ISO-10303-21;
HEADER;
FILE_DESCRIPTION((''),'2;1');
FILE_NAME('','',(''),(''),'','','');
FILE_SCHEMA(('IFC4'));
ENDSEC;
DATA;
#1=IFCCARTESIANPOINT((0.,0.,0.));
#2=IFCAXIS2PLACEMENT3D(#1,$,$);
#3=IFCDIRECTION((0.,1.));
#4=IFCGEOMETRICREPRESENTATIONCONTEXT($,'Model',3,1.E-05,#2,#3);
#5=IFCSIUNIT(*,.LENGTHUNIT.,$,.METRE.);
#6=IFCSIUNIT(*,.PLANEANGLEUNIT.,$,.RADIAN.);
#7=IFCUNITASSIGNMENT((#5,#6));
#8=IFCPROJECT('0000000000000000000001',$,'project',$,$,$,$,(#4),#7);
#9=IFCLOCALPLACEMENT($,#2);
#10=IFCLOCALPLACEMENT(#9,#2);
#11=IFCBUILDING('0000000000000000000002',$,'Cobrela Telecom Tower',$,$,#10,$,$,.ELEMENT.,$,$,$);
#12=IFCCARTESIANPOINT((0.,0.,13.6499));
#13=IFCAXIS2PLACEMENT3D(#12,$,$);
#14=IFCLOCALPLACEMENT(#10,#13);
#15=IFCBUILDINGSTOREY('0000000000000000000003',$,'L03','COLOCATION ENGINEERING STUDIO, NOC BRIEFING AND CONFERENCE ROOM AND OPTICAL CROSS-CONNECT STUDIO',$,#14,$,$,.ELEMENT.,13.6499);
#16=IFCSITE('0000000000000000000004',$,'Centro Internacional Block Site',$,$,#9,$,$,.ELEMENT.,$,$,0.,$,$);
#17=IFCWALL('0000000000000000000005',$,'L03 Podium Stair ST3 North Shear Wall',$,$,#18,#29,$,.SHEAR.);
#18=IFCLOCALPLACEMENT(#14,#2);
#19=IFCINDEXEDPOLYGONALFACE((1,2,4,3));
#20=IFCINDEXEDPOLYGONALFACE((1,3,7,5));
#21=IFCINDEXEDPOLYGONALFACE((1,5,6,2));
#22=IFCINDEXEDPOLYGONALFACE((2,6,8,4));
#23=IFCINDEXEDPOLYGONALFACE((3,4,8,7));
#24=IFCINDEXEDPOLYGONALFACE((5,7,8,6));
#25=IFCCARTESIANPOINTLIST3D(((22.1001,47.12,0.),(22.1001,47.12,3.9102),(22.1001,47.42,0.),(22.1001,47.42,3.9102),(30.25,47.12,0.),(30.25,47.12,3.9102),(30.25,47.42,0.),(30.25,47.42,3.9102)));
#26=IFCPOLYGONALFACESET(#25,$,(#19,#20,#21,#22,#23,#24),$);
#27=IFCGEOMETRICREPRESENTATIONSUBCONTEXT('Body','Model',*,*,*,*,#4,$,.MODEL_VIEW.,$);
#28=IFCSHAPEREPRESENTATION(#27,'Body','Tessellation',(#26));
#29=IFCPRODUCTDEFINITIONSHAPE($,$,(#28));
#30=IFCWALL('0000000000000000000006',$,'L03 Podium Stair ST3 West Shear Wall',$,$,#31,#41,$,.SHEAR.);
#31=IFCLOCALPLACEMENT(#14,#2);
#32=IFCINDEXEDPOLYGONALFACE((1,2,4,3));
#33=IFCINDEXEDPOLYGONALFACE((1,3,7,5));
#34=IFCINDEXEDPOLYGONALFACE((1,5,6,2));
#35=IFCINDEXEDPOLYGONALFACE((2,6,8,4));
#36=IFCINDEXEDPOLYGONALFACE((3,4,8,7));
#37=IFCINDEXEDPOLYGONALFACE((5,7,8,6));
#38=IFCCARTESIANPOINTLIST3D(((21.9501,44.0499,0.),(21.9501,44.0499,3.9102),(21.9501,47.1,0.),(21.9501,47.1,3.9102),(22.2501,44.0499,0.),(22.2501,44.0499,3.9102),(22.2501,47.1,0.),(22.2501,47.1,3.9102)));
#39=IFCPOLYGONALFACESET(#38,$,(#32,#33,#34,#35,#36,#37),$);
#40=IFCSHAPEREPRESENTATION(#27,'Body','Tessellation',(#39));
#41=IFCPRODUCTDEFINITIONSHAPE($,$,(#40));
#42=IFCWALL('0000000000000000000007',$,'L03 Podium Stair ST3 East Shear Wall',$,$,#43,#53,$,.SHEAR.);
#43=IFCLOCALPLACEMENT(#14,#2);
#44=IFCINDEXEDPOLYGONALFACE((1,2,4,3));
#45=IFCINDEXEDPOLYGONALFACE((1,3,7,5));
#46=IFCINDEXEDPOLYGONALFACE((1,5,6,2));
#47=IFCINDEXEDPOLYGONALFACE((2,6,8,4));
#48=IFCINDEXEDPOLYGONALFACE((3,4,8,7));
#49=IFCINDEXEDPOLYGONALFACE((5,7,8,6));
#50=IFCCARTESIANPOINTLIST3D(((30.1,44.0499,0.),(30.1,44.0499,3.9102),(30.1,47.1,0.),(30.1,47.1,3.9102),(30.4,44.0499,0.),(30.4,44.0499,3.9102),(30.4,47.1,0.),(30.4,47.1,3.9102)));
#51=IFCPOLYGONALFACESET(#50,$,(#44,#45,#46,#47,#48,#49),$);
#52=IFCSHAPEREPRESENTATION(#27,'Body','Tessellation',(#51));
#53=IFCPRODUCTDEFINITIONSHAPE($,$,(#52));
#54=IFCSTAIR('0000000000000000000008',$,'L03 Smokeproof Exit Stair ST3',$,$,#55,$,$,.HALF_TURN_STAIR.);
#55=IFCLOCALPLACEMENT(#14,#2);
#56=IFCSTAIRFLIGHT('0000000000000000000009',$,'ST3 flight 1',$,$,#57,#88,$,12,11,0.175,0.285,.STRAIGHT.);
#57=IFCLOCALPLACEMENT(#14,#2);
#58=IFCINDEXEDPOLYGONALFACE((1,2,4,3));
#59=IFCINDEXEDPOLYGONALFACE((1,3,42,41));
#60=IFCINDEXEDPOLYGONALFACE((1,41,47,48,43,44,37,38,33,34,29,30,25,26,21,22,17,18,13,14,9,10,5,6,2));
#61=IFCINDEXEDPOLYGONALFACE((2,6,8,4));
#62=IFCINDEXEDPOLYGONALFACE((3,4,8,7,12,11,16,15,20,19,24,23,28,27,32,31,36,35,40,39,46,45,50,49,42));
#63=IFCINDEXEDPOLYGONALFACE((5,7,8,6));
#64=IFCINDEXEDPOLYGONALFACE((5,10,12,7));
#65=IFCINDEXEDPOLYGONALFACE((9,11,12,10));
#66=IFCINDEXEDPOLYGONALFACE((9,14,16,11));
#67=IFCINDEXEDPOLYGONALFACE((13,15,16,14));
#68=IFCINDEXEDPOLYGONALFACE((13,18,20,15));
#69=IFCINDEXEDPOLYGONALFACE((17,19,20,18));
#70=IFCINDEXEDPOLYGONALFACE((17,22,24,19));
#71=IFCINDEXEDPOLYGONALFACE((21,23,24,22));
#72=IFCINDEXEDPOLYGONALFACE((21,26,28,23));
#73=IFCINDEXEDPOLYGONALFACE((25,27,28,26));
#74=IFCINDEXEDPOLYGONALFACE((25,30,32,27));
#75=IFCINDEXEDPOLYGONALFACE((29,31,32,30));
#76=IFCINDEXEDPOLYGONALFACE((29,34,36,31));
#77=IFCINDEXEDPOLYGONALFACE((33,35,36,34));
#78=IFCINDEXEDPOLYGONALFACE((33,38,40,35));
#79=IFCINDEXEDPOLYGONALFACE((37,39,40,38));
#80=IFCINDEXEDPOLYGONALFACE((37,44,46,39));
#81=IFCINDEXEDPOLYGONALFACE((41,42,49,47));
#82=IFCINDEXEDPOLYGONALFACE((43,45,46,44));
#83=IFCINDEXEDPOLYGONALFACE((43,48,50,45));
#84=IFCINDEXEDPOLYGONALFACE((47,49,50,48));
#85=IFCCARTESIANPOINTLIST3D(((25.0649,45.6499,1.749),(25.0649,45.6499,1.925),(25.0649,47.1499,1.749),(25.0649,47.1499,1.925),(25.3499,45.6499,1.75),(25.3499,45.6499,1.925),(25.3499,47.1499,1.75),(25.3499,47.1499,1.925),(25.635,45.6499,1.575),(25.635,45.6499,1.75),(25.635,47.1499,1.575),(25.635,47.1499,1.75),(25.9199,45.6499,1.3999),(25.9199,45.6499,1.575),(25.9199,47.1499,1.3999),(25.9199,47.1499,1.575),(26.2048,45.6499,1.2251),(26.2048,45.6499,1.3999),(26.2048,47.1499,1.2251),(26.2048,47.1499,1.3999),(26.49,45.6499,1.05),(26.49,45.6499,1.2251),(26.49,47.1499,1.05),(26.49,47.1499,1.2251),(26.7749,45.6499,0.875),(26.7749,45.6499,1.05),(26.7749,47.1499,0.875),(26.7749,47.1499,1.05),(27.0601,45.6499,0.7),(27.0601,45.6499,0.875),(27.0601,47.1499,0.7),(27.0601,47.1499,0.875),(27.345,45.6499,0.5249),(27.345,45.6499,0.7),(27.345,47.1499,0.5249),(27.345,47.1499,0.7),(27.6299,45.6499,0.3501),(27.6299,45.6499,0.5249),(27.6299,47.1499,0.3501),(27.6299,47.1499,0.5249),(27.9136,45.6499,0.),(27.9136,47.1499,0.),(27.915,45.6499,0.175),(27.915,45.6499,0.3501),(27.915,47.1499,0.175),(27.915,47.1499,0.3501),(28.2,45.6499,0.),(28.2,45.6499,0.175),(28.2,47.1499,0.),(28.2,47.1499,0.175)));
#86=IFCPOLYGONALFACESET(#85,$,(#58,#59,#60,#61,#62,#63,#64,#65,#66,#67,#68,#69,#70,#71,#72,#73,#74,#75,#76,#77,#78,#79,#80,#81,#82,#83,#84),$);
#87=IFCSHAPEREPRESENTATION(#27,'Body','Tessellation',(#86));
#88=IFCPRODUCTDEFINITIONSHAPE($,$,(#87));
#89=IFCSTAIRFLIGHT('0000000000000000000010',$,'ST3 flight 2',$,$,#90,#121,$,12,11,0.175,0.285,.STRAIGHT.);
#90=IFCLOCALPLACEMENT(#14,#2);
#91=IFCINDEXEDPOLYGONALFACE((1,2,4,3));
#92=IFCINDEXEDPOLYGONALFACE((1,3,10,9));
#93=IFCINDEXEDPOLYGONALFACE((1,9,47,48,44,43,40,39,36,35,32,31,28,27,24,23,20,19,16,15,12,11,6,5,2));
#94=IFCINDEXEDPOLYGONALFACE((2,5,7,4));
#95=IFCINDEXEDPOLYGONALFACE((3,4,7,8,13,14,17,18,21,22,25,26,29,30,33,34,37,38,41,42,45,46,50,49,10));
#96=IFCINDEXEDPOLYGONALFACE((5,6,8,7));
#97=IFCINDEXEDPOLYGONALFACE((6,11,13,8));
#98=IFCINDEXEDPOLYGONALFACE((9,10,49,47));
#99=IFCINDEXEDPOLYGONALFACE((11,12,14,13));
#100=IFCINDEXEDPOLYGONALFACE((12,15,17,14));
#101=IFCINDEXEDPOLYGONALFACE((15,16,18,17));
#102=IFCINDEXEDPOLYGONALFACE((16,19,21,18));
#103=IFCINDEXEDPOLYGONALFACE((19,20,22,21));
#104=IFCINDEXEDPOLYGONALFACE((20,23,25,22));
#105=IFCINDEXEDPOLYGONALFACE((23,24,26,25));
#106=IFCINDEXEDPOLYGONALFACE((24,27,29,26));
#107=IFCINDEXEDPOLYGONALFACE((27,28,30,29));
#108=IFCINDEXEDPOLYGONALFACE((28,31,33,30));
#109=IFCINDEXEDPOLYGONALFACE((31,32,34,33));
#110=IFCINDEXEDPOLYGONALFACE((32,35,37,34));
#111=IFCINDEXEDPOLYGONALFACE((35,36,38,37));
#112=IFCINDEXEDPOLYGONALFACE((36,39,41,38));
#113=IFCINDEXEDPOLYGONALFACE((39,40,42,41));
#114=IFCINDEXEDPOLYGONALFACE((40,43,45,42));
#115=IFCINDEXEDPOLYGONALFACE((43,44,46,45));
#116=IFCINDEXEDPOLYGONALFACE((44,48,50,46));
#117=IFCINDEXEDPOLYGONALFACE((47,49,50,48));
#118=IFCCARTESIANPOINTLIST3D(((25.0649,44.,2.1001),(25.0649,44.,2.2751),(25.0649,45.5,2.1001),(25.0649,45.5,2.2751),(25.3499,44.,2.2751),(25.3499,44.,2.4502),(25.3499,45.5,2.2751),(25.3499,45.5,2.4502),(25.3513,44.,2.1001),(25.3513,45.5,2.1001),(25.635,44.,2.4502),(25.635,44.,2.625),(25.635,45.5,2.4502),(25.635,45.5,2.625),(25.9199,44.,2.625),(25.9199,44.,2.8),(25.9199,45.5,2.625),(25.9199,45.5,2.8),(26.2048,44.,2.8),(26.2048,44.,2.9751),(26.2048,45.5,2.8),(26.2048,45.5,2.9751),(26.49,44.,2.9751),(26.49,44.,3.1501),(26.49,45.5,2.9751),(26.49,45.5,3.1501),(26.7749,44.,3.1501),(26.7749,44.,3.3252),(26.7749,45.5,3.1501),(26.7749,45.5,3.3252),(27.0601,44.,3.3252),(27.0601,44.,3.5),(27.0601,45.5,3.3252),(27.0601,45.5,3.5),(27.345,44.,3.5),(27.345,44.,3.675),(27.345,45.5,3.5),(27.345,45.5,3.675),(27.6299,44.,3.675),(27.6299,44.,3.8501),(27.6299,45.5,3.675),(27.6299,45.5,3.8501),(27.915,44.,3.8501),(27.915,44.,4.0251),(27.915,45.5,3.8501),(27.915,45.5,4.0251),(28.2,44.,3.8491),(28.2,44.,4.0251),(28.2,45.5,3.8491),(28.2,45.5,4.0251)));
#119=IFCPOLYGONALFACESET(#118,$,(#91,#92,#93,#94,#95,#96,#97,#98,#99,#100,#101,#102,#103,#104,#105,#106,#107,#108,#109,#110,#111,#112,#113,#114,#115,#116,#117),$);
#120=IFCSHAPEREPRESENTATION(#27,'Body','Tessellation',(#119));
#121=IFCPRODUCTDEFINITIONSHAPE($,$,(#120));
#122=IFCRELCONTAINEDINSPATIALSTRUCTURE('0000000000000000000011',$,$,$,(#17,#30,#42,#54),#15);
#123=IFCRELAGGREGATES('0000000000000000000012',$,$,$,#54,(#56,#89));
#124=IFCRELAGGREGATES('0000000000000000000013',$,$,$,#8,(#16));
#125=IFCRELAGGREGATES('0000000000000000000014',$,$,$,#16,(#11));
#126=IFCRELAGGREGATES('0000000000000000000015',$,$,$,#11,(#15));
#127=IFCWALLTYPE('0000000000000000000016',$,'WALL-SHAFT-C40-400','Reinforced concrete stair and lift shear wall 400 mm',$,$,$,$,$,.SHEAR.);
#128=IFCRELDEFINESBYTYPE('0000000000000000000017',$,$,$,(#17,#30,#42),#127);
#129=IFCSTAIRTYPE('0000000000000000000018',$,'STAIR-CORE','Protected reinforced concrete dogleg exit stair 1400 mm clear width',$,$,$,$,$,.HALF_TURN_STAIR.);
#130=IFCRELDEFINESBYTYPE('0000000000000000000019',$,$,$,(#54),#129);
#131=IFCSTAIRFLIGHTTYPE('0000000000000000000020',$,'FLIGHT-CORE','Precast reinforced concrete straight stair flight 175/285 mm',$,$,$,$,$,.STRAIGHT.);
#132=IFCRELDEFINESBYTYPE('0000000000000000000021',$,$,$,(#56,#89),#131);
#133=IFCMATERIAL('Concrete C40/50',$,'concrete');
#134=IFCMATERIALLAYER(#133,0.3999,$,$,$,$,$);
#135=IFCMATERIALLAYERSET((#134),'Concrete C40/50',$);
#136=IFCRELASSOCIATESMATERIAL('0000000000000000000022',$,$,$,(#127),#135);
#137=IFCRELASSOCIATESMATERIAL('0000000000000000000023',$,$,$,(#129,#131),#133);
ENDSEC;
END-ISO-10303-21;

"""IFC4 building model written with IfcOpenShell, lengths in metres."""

from ifc_helpers import new_model, si_unit, direction, frame, frame_2d, origin, place, context, subcontext, project, spatial, polyline, rectangle, outline, extrude, material, layer, layer_set, type_object, element, aggregate, save


model = new_model("IFC4")

# Units and contexts
model_context = context("Model", 3, precision=1e-05, world=origin(), true_north=direction((0.0, 1.0)))
body_context = subcontext(model_context, "Body", "Model", "MODEL_VIEW")
ifc_project = project(units=[si_unit("LENGTHUNIT", "METRE"), si_unit("PLANEANGLEUNIT", "RADIAN")], contexts=[model_context])

# Site, building, storey
site_placement = place(None, origin())
site = spatial("IfcSite", under=ifc_project, at=site_placement, Name="Centro Internacional Block Site", CompositionType="ELEMENT", RefElevation=0.0)
building_placement = place(site_placement, origin())
building = spatial("IfcBuilding", under=site, at=building_placement, Name="Cobrela Telecom Tower", CompositionType="ELEMENT")
storey_placement = place(building_placement, frame((0.0, 0.0, 13.6499)))
storey = spatial("IfcBuildingStorey", under=building, at=storey_placement, Name="L03", Description="COLOCATION ENGINEERING STUDIO, NOC BRIEFING AND CONFERENCE ROOM AND OPTICAL CROSS-CONNECT STUDIO", CompositionType="ELEMENT", Elevation=13.6499)

# Shared definitions
ifc_material_1 = material(Name="Concrete C40/50", Category="concrete")
ifc_layer_1 = layer(ifc_material_1, 0.3999)
ifc_layer_set_1 = layer_set([ifc_layer_1], Name="Concrete C40/50")
wall_type = type_object("IfcWallType", Name="WALL-SHAFT-C40-400", Description="Reinforced concrete stair and lift shear wall 400 mm", PredefinedType="SHEAR", material=ifc_layer_set_1)

# Walls
wall_1_placement = place(storey_placement, frame((22.1001, 47.27, 0.0), z_axis=(0.0, 0.0, 1.0), x_axis=(1.0, 0.0, 0.0)))
element("IfcWall", 1, at=wall_1_placement, inside=storey, type_object=wall_type, Name="L03 Podium Stair ST3 North Shear Wall", PredefinedType="SHEAR", context=body_context, shape_type="SweptSolid", body=[
    extrude(rectangle(XDim=8.1499, YDim=0.3, at=frame_2d((4.075, 0.0))), origin(), (0.0, 0.0, 1.0), 3.9102),
])
for number, where, z_axis, x_axis, name in (
    (2, (22.1001, 44.05, 0.0), (0.0, 0.0, 1.0), (0.0, 1.0, 0.0), "L03 Podium Stair ST3 West Shear Wall"),
    (3, (30.25, 44.05, 0.0), (0.0, 0.0, 1.0), (0.0, 1.0, 0.0), "L03 Podium Stair ST3 East Shear Wall"),
):
    element("IfcWall", number, at=place(storey_placement, frame(where, z_axis=z_axis, x_axis=x_axis)), inside=storey, type_object=wall_type, Name=name, PredefinedType="SHEAR", context=body_context, shape_type="SweptSolid", body=[
        extrude(rectangle(XDim=3.05, YDim=0.3, at=frame_2d((1.5249, 0.0))), origin(), (0.0, 0.0, 1.0), 3.9102),
    ])

# Stair, stair flights
stair_type = type_object("IfcStairType", Name="STAIR-CORE", Description="Protected reinforced concrete dogleg exit stair 1400 mm clear width", PredefinedType="HALF_TURN_STAIR", material=ifc_material_1)
stair_placement = place(storey_placement, origin())
stair = element("IfcStair", 4, at=stair_placement, inside=storey, type_object=stair_type, Name="L03 Smokeproof Exit Stair ST3", PredefinedType="HALF_TURN_STAIR")
stair_flight_type = type_object("IfcStairFlightType", Name="FLIGHT-CORE", Description="Precast reinforced concrete straight stair flight 175/285 mm", PredefinedType="STRAIGHT", material=ifc_material_1)
stair_flight_1_placement = place(storey_placement, frame((28.2, 46.3999, 0.0), z_axis=(0.0, 0.0, 1.0), x_axis=(-1.0, 0.0, 0.0)))
stair_flight_1 = element("IfcStairFlight", 5, at=stair_flight_1_placement, type_object=stair_flight_type, Name="ST3 flight 1", NumberOfRisers=12, NumberOfTreads=11, PredefinedType="STRAIGHT", RiserHeight=0.175, TreadLength=0.285, context=body_context, shape_type="SweptSolid", body=[
    extrude(outline(polyline([(0.0, 0.0), (0.0, 0.175), (0.2849, 0.175), (0.2849, 0.3501), (0.5701, 0.3501), (0.5701, 0.5249), (0.855, 0.5249), (0.855, 0.7), (1.1399, 0.7), (1.1399, 0.875), (1.425, 0.875), (1.425, 1.05), (1.71, 1.05), (1.71, 1.2251), (1.9951, 1.2251), (1.9951, 1.3999), (2.28, 1.3999), (2.28, 1.575), (2.5649, 1.575), (2.5649, 1.75), (2.8501, 1.75), (2.8501, 1.925), (3.135, 1.925), (3.135, 2.1001), (3.135, 1.749), (0.2864, 0.0), (0.0, 0.0)])), frame((0.0, 0.75, 0.0), z_axis=(0.0, -1.0, 0.0), x_axis=(1.0, 0.0, 0.0)), (0.0, 0.0, 1.0), 1.5),
])
stair_flight_2_placement = place(storey_placement, frame((25.0649, 44.75, 2.1001), z_axis=(0.0, 0.0, 1.0), x_axis=(1.0, 0.0, 0.0)))
stair_flight_2 = element("IfcStairFlight", 6, at=stair_flight_2_placement, type_object=stair_flight_type, Name="ST3 flight 2", NumberOfRisers=12, NumberOfTreads=11, PredefinedType="STRAIGHT", RiserHeight=0.175, TreadLength=0.285, context=body_context, shape_type="SweptSolid", body=[
    extrude(outline(polyline([(0.0, 0.0), (0.0, 0.175), (0.2849, 0.175), (0.2849, 0.3501), (0.5701, 0.3501), (0.5701, 0.5249), (0.855, 0.5249), (0.855, 0.7), (1.1399, 0.7), (1.1399, 0.875), (1.425, 0.875), (1.425, 1.05), (1.71, 1.05), (1.71, 1.2251), (1.9951, 1.2251), (1.9951, 1.3999), (2.28, 1.3999), (2.28, 1.575), (2.5649, 1.575), (2.5649, 1.75), (2.8501, 1.75), (2.8501, 1.925), (3.135, 1.925), (3.135, 2.1001), (3.135, 1.749), (0.2864, 0.0), (0.0, 0.0)])), frame((0.0, 0.75, 0.0), z_axis=(0.0, -1.0, 0.0), x_axis=(1.0, 0.0, 0.0)), (0.0, 0.0, 1.0), 1.5),
])
aggregate(stair, [stair_flight_1, stair_flight_2])

save(model, "model.ifc")
